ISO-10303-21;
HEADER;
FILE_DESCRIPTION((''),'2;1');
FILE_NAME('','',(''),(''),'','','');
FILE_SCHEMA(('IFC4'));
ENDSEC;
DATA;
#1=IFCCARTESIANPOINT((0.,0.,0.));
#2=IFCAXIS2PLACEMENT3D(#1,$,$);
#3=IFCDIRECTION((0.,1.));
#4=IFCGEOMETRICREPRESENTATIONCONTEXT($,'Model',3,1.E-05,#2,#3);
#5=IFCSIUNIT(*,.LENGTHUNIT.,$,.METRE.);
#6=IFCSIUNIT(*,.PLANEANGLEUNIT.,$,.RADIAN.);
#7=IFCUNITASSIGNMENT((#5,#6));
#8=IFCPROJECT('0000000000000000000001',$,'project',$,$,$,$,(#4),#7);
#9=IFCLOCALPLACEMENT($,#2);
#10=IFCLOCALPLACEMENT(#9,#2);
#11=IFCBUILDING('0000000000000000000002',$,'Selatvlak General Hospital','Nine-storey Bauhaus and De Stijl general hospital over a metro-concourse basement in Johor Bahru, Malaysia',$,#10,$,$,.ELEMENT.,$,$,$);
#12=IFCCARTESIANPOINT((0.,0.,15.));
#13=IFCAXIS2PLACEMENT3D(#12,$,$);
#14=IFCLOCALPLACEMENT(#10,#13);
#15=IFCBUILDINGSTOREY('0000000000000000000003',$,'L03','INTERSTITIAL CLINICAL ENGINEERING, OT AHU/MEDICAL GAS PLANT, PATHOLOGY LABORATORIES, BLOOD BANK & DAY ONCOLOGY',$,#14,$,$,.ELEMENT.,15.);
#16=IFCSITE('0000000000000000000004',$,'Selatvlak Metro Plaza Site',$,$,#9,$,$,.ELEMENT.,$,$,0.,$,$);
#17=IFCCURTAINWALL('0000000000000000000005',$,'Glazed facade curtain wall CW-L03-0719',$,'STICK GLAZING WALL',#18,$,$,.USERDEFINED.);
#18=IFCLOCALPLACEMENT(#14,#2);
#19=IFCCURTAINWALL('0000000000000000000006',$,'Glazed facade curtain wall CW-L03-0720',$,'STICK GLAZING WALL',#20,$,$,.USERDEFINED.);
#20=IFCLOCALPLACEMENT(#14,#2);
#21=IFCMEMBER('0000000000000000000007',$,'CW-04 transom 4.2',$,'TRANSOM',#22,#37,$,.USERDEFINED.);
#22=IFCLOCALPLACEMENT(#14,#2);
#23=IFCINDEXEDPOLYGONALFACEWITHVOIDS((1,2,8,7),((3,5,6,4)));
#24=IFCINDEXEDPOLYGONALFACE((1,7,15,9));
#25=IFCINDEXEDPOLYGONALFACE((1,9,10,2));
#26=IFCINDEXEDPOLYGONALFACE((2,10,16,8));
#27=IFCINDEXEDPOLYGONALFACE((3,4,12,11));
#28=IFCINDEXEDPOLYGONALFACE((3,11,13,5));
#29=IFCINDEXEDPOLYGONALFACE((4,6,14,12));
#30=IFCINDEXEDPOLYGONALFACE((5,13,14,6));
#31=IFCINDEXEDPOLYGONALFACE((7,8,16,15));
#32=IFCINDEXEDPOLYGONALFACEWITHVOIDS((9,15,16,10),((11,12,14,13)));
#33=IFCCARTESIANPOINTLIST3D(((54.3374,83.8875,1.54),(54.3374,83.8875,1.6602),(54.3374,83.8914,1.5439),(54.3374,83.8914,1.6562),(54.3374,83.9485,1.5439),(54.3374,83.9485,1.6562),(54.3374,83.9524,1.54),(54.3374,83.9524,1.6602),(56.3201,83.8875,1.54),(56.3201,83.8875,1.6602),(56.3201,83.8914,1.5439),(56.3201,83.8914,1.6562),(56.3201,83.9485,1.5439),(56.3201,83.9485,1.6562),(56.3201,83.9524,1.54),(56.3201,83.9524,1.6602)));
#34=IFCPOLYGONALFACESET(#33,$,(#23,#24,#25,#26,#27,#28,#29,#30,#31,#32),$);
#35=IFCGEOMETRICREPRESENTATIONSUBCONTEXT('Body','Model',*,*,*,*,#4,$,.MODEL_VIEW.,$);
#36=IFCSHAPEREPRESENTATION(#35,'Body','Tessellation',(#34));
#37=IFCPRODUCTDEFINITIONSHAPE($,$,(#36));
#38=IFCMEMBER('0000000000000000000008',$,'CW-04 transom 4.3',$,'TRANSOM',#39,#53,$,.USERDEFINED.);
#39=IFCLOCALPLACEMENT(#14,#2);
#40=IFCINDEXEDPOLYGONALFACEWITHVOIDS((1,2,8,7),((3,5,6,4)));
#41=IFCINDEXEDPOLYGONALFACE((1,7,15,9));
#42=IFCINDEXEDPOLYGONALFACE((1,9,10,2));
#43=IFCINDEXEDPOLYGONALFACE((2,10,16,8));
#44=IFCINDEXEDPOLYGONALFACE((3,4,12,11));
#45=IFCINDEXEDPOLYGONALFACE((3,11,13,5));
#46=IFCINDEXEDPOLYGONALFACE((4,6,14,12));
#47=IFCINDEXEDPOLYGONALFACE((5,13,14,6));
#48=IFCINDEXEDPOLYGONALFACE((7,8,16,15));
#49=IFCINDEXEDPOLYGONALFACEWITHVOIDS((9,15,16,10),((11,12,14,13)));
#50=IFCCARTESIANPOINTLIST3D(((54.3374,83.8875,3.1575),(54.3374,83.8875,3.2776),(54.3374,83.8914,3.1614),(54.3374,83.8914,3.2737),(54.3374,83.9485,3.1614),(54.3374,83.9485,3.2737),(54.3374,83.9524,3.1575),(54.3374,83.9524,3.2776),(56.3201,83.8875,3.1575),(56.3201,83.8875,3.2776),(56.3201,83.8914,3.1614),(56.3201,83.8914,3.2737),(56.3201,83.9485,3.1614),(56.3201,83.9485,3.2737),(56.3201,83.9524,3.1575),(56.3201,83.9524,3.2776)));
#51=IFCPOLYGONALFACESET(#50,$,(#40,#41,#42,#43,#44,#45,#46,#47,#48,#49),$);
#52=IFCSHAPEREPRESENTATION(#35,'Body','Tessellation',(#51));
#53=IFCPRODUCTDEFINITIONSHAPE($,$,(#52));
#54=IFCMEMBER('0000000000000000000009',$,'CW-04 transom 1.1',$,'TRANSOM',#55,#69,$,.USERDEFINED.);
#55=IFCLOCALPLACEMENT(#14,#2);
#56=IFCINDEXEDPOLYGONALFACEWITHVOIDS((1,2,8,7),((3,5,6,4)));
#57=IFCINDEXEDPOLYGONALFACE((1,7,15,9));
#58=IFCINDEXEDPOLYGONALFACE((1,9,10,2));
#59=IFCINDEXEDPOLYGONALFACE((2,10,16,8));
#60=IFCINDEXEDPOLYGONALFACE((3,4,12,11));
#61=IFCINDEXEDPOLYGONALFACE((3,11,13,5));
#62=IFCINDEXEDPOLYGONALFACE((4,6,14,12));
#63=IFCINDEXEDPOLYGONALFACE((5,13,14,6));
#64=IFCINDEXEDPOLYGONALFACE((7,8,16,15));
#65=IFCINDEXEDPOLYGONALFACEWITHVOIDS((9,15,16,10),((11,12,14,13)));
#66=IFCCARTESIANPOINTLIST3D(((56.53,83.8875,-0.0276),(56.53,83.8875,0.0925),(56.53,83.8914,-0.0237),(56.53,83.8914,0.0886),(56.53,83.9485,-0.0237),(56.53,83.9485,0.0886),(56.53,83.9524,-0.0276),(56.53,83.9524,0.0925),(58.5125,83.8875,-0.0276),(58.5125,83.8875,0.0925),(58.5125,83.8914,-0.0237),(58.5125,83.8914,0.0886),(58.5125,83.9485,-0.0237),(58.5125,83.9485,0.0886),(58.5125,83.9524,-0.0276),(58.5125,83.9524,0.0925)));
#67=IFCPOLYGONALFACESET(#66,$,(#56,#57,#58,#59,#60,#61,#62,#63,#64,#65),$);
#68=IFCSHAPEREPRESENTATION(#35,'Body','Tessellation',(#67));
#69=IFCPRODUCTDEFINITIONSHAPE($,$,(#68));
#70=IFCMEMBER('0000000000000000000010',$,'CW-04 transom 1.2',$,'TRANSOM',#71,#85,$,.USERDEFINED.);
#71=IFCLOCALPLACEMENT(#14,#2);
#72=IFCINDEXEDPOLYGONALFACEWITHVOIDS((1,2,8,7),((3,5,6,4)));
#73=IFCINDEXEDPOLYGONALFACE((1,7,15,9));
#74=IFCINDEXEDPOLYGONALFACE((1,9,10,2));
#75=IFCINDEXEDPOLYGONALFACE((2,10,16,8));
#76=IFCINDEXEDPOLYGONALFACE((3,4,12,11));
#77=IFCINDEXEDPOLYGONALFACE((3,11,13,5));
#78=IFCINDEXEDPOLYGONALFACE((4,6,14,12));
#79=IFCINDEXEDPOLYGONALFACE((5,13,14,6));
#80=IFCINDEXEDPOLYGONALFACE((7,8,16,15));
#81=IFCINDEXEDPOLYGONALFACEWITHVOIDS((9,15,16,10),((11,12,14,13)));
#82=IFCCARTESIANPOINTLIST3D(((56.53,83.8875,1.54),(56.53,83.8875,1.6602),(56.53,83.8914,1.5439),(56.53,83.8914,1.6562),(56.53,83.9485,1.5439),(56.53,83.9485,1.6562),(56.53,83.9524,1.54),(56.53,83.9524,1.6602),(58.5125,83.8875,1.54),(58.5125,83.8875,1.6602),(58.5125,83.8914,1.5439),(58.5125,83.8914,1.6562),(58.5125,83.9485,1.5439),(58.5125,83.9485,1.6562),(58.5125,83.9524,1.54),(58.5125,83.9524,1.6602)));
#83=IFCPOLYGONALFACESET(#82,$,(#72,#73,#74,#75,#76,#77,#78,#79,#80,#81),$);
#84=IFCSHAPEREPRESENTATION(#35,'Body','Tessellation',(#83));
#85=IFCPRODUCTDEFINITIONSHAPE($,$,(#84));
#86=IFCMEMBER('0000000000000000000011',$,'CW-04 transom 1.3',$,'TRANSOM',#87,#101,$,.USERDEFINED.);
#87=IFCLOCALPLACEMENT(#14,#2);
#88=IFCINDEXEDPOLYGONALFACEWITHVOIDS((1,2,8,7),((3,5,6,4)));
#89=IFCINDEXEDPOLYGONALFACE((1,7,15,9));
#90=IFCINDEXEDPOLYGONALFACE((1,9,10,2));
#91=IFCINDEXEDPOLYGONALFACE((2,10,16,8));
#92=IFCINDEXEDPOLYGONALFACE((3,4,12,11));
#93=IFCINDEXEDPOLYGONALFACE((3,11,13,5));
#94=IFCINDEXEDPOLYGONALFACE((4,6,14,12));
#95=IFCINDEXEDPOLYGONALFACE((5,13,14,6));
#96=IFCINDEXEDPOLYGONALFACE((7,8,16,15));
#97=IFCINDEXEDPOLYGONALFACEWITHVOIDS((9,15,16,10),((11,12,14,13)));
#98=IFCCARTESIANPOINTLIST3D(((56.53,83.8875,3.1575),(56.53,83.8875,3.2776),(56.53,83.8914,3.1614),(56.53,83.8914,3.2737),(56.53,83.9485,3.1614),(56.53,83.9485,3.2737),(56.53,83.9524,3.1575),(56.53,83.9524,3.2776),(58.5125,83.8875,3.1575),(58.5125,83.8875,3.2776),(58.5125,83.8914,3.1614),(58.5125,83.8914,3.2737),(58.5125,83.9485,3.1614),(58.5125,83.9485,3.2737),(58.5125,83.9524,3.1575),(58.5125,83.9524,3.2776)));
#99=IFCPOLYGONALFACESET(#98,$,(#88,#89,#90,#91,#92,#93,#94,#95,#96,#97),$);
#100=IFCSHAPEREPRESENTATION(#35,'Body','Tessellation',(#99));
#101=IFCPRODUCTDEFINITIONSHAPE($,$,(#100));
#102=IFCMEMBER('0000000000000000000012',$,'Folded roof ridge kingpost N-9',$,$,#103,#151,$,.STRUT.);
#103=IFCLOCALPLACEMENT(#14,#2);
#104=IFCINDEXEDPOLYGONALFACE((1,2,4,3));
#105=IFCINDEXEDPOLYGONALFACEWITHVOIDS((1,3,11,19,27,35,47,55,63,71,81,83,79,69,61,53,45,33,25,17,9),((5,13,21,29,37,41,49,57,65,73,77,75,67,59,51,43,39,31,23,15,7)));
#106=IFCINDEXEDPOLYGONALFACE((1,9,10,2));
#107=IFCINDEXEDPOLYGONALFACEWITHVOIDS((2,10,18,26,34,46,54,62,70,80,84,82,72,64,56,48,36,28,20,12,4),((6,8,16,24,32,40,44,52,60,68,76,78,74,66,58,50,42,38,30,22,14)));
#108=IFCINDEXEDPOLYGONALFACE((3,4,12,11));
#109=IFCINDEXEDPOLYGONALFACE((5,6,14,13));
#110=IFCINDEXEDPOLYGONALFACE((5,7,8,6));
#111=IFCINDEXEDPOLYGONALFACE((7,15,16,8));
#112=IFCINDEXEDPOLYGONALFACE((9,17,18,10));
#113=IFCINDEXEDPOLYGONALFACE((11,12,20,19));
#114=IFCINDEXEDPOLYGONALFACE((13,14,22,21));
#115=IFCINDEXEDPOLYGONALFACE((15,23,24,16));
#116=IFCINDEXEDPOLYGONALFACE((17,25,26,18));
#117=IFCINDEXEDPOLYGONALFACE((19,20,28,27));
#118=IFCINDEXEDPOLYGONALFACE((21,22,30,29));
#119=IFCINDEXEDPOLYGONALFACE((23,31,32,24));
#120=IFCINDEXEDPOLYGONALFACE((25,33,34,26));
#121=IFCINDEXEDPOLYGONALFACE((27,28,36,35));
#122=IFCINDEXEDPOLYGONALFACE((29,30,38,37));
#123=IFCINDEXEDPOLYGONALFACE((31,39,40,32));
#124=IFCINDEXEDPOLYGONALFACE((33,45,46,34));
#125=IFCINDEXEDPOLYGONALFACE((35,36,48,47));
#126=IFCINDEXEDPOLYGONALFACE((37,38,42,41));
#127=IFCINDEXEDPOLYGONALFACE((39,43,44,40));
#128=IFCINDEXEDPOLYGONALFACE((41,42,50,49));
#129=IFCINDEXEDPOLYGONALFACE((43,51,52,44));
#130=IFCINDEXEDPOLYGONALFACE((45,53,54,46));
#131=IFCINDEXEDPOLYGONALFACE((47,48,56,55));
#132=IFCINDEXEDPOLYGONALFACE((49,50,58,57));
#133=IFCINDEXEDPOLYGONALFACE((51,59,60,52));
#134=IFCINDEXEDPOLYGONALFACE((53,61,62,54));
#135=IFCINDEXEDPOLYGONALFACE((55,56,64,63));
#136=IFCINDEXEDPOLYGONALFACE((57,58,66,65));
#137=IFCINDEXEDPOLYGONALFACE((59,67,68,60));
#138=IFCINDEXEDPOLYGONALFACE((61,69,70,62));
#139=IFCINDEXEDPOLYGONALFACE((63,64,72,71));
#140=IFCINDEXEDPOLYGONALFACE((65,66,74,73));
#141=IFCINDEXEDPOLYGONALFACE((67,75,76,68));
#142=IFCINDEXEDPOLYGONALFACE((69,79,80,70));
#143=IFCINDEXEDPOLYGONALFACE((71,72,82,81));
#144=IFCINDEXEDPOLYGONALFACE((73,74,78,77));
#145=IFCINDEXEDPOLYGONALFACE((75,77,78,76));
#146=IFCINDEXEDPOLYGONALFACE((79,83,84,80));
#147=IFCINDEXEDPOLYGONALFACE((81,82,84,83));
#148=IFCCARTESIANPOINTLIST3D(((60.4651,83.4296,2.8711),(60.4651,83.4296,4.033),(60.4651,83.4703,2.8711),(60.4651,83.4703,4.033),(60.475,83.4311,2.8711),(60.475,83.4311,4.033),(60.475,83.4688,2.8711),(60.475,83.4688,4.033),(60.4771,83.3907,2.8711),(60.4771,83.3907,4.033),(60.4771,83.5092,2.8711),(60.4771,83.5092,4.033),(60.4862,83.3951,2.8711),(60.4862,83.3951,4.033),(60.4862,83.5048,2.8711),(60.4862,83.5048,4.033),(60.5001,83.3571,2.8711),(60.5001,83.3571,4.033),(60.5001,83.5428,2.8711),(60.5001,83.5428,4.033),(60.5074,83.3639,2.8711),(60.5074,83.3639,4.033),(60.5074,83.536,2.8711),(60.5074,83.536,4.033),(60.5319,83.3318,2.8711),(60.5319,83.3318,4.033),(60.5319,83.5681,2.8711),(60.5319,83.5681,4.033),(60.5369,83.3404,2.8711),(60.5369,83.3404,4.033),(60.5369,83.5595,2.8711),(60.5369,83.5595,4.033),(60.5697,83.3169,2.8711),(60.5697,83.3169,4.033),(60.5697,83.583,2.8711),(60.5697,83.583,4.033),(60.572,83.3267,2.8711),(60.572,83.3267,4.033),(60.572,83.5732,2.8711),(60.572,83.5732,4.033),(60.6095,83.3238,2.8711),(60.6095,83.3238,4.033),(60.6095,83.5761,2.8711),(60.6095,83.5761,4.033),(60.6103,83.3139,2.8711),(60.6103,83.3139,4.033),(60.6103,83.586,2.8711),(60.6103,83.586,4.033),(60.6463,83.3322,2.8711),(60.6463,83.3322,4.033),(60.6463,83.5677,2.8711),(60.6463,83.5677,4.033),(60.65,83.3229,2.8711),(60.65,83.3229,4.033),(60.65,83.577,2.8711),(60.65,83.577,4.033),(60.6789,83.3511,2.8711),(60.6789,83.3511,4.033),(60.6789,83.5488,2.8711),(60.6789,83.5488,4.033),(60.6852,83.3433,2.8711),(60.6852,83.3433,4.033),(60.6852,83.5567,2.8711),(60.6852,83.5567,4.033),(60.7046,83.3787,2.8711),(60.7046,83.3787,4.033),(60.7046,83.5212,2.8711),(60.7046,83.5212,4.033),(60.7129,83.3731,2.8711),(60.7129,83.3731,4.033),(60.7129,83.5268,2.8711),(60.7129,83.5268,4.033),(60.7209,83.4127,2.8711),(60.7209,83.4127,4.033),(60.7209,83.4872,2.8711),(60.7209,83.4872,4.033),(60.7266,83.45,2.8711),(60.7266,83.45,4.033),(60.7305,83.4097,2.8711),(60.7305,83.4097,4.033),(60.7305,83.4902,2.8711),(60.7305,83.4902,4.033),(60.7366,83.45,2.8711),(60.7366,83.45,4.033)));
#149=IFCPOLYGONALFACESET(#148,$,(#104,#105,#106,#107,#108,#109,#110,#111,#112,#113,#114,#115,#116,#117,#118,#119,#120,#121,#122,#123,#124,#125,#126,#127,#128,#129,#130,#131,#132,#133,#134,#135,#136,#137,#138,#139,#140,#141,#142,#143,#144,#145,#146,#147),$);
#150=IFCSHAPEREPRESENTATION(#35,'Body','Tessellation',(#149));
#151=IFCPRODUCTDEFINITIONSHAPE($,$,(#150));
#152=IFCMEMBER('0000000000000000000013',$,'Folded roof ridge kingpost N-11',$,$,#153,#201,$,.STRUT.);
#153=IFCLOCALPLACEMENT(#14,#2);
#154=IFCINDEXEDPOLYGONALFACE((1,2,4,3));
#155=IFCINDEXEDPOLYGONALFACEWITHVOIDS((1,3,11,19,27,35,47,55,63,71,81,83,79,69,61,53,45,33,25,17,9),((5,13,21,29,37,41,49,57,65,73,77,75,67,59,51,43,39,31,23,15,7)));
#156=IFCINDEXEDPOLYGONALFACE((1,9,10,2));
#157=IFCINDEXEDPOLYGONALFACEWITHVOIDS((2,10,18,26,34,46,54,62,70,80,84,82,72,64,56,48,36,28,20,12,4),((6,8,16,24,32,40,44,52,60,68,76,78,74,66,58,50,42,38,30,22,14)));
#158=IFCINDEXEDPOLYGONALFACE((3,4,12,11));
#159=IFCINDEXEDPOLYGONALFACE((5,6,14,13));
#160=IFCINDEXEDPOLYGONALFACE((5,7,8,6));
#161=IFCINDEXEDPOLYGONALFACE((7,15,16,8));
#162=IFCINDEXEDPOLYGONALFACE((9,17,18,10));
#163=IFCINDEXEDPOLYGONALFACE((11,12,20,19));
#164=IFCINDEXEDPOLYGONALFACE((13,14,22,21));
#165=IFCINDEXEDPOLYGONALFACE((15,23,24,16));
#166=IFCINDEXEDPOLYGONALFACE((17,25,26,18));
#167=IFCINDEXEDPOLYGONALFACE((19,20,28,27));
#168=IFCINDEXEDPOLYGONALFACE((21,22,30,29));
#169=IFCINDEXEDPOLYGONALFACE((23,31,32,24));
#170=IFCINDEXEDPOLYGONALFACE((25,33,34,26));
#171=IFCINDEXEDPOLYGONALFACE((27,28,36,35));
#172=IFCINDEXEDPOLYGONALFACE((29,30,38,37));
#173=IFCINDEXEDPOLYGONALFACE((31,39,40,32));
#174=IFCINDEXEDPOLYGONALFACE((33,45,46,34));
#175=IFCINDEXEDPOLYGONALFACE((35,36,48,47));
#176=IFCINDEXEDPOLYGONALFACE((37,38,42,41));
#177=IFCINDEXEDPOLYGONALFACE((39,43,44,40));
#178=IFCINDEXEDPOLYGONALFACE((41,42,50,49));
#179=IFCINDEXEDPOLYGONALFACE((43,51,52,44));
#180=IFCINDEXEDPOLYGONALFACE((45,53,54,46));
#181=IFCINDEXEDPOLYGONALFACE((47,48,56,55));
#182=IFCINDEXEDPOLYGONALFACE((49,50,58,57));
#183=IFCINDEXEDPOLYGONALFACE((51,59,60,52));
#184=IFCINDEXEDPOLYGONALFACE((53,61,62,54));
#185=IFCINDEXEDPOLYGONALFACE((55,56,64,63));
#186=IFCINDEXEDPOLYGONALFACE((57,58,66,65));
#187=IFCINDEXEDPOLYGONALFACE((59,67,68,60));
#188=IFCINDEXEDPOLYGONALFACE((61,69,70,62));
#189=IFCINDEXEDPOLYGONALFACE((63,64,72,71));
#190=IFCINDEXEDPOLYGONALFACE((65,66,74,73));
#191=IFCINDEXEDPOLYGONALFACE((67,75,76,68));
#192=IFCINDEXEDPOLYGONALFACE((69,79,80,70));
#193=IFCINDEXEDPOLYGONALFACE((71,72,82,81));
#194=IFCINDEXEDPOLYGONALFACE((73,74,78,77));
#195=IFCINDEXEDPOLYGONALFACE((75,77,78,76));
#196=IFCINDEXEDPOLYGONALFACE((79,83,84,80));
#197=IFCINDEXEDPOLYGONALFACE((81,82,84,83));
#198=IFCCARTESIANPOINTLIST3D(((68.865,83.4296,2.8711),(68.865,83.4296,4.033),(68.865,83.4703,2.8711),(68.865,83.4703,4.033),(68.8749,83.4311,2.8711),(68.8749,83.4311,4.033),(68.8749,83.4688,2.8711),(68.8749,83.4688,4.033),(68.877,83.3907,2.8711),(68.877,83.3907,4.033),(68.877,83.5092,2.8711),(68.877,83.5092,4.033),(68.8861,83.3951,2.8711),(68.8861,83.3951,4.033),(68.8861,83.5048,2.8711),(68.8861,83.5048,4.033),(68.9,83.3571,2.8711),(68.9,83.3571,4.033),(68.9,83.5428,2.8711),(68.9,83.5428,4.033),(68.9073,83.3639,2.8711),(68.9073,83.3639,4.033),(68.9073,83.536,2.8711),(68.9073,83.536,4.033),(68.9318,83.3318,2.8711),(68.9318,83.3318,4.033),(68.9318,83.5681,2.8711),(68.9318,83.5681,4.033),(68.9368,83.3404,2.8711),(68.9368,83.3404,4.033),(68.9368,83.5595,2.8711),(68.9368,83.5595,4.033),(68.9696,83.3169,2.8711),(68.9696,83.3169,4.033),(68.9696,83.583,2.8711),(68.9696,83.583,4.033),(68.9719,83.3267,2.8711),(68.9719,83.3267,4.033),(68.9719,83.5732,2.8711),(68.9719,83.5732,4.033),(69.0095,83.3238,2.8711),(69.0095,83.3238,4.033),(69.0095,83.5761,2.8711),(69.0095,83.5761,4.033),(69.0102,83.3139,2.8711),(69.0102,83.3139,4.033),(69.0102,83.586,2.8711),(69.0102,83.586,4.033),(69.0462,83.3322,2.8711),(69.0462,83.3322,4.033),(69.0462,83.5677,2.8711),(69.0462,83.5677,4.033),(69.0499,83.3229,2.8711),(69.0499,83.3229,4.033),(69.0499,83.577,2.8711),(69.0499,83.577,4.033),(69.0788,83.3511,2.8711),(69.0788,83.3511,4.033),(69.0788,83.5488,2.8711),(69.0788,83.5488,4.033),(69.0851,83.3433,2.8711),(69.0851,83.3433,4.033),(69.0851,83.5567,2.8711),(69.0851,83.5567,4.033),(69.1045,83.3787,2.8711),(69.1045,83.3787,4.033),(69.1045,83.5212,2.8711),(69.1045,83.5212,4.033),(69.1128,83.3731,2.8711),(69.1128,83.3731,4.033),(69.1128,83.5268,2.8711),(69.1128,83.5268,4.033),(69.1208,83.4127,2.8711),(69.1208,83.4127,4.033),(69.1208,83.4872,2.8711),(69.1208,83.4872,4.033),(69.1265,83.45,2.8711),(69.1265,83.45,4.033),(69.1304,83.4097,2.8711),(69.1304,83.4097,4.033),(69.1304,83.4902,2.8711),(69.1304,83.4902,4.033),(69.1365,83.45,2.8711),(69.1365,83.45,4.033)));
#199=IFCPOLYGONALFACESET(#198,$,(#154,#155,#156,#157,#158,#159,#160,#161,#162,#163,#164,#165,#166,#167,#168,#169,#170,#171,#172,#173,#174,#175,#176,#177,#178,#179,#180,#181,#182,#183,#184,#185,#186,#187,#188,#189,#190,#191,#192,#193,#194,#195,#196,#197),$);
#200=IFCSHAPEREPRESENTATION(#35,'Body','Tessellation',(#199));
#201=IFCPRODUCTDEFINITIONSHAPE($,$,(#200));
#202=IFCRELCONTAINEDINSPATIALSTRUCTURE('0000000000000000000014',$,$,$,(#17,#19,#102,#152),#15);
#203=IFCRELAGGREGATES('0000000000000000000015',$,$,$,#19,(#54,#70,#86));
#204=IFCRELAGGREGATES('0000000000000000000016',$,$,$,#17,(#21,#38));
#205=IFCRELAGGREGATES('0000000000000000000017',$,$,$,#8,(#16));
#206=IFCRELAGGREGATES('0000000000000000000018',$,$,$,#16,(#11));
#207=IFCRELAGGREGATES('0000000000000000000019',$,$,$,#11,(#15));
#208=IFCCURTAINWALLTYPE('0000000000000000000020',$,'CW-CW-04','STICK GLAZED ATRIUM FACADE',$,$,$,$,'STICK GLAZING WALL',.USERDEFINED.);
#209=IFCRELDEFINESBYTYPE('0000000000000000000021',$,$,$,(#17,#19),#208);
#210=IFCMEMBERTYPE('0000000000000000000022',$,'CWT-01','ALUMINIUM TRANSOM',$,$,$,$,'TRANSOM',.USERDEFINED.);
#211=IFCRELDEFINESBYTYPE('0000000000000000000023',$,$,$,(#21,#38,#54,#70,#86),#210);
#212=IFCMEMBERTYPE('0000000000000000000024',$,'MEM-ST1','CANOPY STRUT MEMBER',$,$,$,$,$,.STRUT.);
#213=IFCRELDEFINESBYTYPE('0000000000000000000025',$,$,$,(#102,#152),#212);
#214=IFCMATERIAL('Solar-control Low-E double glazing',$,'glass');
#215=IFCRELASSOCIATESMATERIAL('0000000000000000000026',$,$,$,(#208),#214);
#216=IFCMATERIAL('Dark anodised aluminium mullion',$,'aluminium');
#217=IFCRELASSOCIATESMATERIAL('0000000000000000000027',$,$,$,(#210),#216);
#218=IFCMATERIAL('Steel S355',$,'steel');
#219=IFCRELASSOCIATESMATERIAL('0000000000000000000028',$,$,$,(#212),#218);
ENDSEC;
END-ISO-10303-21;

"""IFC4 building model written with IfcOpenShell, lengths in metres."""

from ifc_helpers import new_model, si_unit, direction, frame, origin, origin_2d, place, context, subcontext, project, spatial, hollow_rectangle, hollow_circle, extrude, material, material_profile, profile_set, type_object, element, aggregate, save


model = new_model("IFC4")

# Units and contexts
model_context = context("Model", 3, precision=1e-05, world=origin(), true_north=direction((0.0, 1.0)))
body_context = subcontext(model_context, "Body", "Model", "MODEL_VIEW")
ifc_project = project(units=[si_unit("LENGTHUNIT", "METRE"), si_unit("PLANEANGLEUNIT", "RADIAN")], contexts=[model_context])

# Site, building, storey
site_placement = place(None, origin())
site = spatial("IfcSite", under=ifc_project, at=site_placement, Name="Selatvlak Metro Plaza Site", CompositionType="ELEMENT", RefElevation=0.0)
building_placement = place(site_placement, origin())
building = spatial("IfcBuilding", under=site, at=building_placement, Name="Selatvlak General Hospital", Description="Nine-storey Bauhaus and De Stijl general hospital over a metro-concourse basement in Johor Bahru, Malaysia", CompositionType="ELEMENT")
storey_placement = place(building_placement, frame((0.0, 0.0, 15.0)))
storey = spatial("IfcBuildingStorey", under=building, at=storey_placement, Name="L03", Description="INTERSTITIAL CLINICAL ENGINEERING, OT AHU/MEDICAL GAS PLANT, PATHOLOGY LABORATORIES, BLOOD BANK & DAY ONCOLOGY", CompositionType="ELEMENT", Elevation=15.0)

# Shared definitions
ifc_material_1 = material(Name="Steel S355", Category="steel")

# Curtain walls
ifc_material_2 = material(Name="Solar-control Low-E double glazing", Category="glass")
curtain_wall_type = type_object("IfcCurtainWallType", Name="CW-CW-04", Description="STICK GLAZED ATRIUM FACADE", ElementType="STICK GLAZING WALL", PredefinedType="USERDEFINED", material=ifc_material_2)
curtain_wall_1_placement = place(storey_placement, origin())
curtain_wall_1 = element("IfcCurtainWall", 1, at=curtain_wall_1_placement, inside=storey, type_object=curtain_wall_type, Name="Glazed facade curtain wall CW-L03-0719", ObjectType="STICK GLAZING WALL", PredefinedType="USERDEFINED")
ifc_material_3 = material(Name="Dark anodised aluminium mullion", Category="aluminium")
curtain_wall_2_placement = place(storey_placement, origin())
curtain_wall_2 = element("IfcCurtainWall", 2, at=curtain_wall_2_placement, inside=storey, type_object=curtain_wall_type, Name="Glazed facade curtain wall CW-L03-0720", ObjectType="STICK GLAZING WALL", PredefinedType="USERDEFINED")

# Members
ifc_material_profile_1 = material_profile(ifc_material_3, hollow_rectangle(XDim=0.0649, YDim=0.1201, WallThickness=0.0039, at=origin_2d()), Name="AL-TRN 65x120x4")
ifc_profile_set_1 = profile_set([ifc_material_profile_1], Name="Dark anodised aluminium mullion")
member_type_1 = type_object("IfcMemberType", Name="CWT-01", Description="ALUMINIUM TRANSOM", ElementType="TRANSOM", PredefinedType="USERDEFINED", material=ifc_profile_set_1)
member_1_placement = place(storey_placement, frame((54.3374, 83.9199, 1.6001), z_axis=(1.0, 0.0, 0.0), x_axis=(0.0, 1.0, 0.0)))
member_1 = element("IfcMember", 3, at=member_1_placement, type_object=member_type_1, Name="CW-04 transom 4.2", ObjectType="TRANSOM", PredefinedType="USERDEFINED", context=body_context, shape_type="SweptSolid", body=[
    extrude(hollow_rectangle(XDim=0.0649, YDim=0.1201, WallThickness=0.0039, at=origin_2d()), origin(), (0.0, 0.0, 1.0), 1.9827),
])
member_2_placement = place(storey_placement, frame((54.3374, 83.9199, 3.2175), z_axis=(1.0, 0.0, 0.0), x_axis=(0.0, 1.0, 0.0)))
member_2 = element("IfcMember", 4, at=member_2_placement, type_object=member_type_1, Name="CW-04 transom 4.3", ObjectType="TRANSOM", PredefinedType="USERDEFINED", context=body_context, shape_type="SweptSolid", body=[
    extrude(hollow_rectangle(XDim=0.0649, YDim=0.1201, WallThickness=0.0039, at=origin_2d()), origin(), (0.0, 0.0, 1.0), 1.9827),
])
member_3_placement = place(storey_placement, frame((56.53, 83.9199, 0.0325), z_axis=(1.0, 0.0, 0.0), x_axis=(0.0, 1.0, 0.0)))
member_3 = element("IfcMember", 5, at=member_3_placement, type_object=member_type_1, Name="CW-04 transom 1.1", ObjectType="TRANSOM", PredefinedType="USERDEFINED", context=body_context, shape_type="SweptSolid", body=[
    extrude(hollow_rectangle(XDim=0.0649, YDim=0.1201, WallThickness=0.0039, at=origin_2d()), origin(), (0.0, 0.0, 1.0), 1.9824),
])
member_4_placement = place(storey_placement, frame((56.53, 83.9199, 1.6001), z_axis=(1.0, 0.0, 0.0), x_axis=(0.0, 1.0, 0.0)))
member_4 = element("IfcMember", 6, at=member_4_placement, type_object=member_type_1, Name="CW-04 transom 1.2", ObjectType="TRANSOM", PredefinedType="USERDEFINED", context=body_context, shape_type="SweptSolid", body=[
    extrude(hollow_rectangle(XDim=0.0649, YDim=0.1201, WallThickness=0.0039, at=origin_2d()), origin(), (0.0, 0.0, 1.0), 1.9824),
])
member_5_placement = place(storey_placement, frame((56.53, 83.9199, 3.2175), z_axis=(1.0, 0.0, 0.0), x_axis=(0.0, 1.0, 0.0)))
member_5 = element("IfcMember", 7, at=member_5_placement, type_object=member_type_1, Name="CW-04 transom 1.3", ObjectType="TRANSOM", PredefinedType="USERDEFINED", context=body_context, shape_type="SweptSolid", body=[
    extrude(hollow_rectangle(XDim=0.0649, YDim=0.1201, WallThickness=0.0039, at=origin_2d()), origin(), (0.0, 0.0, 1.0), 1.9824),
])
aggregate(curtain_wall_2, [member_3, member_4, member_5])

# Members
ifc_material_profile_2 = material_profile(ifc_material_1, hollow_circle(Radius=0.1365, WallThickness=0.01, at=origin_2d()), Name="CHS 273.0x10")
ifc_profile_set_2 = profile_set([ifc_material_profile_2], Name="Steel S355")
member_type_2 = type_object("IfcMemberType", Name="MEM-ST1", Description="CANOPY STRUT MEMBER", PredefinedType="STRUT", material=ifc_profile_set_2)
for number, where, z_axis, x_axis, name in (
    (8, (60.6001, 83.45, 2.8711), (0.0, 0.0, 1.0), (1.0, 0.0, 0.0), "Folded roof ridge kingpost N-9"),
    (9, (69.0, 83.45, 2.8711), (0.0, 0.0, 1.0), (1.0, 0.0, 0.0), "Folded roof ridge kingpost N-11"),
):
    element("IfcMember", number, at=place(storey_placement, frame(where, z_axis=z_axis, x_axis=x_axis)), inside=storey, type_object=member_type_2, Name=name, PredefinedType="STRUT", context=body_context, shape_type="SweptSolid", body=[
        extrude(hollow_circle(Radius=0.1365, WallThickness=0.01, at=origin_2d()), origin(), (0.0, 0.0, 1.0), 1.1619),
    ])

aggregate(curtain_wall_1, [member_1, member_2])

save(model, "model.ifc")
